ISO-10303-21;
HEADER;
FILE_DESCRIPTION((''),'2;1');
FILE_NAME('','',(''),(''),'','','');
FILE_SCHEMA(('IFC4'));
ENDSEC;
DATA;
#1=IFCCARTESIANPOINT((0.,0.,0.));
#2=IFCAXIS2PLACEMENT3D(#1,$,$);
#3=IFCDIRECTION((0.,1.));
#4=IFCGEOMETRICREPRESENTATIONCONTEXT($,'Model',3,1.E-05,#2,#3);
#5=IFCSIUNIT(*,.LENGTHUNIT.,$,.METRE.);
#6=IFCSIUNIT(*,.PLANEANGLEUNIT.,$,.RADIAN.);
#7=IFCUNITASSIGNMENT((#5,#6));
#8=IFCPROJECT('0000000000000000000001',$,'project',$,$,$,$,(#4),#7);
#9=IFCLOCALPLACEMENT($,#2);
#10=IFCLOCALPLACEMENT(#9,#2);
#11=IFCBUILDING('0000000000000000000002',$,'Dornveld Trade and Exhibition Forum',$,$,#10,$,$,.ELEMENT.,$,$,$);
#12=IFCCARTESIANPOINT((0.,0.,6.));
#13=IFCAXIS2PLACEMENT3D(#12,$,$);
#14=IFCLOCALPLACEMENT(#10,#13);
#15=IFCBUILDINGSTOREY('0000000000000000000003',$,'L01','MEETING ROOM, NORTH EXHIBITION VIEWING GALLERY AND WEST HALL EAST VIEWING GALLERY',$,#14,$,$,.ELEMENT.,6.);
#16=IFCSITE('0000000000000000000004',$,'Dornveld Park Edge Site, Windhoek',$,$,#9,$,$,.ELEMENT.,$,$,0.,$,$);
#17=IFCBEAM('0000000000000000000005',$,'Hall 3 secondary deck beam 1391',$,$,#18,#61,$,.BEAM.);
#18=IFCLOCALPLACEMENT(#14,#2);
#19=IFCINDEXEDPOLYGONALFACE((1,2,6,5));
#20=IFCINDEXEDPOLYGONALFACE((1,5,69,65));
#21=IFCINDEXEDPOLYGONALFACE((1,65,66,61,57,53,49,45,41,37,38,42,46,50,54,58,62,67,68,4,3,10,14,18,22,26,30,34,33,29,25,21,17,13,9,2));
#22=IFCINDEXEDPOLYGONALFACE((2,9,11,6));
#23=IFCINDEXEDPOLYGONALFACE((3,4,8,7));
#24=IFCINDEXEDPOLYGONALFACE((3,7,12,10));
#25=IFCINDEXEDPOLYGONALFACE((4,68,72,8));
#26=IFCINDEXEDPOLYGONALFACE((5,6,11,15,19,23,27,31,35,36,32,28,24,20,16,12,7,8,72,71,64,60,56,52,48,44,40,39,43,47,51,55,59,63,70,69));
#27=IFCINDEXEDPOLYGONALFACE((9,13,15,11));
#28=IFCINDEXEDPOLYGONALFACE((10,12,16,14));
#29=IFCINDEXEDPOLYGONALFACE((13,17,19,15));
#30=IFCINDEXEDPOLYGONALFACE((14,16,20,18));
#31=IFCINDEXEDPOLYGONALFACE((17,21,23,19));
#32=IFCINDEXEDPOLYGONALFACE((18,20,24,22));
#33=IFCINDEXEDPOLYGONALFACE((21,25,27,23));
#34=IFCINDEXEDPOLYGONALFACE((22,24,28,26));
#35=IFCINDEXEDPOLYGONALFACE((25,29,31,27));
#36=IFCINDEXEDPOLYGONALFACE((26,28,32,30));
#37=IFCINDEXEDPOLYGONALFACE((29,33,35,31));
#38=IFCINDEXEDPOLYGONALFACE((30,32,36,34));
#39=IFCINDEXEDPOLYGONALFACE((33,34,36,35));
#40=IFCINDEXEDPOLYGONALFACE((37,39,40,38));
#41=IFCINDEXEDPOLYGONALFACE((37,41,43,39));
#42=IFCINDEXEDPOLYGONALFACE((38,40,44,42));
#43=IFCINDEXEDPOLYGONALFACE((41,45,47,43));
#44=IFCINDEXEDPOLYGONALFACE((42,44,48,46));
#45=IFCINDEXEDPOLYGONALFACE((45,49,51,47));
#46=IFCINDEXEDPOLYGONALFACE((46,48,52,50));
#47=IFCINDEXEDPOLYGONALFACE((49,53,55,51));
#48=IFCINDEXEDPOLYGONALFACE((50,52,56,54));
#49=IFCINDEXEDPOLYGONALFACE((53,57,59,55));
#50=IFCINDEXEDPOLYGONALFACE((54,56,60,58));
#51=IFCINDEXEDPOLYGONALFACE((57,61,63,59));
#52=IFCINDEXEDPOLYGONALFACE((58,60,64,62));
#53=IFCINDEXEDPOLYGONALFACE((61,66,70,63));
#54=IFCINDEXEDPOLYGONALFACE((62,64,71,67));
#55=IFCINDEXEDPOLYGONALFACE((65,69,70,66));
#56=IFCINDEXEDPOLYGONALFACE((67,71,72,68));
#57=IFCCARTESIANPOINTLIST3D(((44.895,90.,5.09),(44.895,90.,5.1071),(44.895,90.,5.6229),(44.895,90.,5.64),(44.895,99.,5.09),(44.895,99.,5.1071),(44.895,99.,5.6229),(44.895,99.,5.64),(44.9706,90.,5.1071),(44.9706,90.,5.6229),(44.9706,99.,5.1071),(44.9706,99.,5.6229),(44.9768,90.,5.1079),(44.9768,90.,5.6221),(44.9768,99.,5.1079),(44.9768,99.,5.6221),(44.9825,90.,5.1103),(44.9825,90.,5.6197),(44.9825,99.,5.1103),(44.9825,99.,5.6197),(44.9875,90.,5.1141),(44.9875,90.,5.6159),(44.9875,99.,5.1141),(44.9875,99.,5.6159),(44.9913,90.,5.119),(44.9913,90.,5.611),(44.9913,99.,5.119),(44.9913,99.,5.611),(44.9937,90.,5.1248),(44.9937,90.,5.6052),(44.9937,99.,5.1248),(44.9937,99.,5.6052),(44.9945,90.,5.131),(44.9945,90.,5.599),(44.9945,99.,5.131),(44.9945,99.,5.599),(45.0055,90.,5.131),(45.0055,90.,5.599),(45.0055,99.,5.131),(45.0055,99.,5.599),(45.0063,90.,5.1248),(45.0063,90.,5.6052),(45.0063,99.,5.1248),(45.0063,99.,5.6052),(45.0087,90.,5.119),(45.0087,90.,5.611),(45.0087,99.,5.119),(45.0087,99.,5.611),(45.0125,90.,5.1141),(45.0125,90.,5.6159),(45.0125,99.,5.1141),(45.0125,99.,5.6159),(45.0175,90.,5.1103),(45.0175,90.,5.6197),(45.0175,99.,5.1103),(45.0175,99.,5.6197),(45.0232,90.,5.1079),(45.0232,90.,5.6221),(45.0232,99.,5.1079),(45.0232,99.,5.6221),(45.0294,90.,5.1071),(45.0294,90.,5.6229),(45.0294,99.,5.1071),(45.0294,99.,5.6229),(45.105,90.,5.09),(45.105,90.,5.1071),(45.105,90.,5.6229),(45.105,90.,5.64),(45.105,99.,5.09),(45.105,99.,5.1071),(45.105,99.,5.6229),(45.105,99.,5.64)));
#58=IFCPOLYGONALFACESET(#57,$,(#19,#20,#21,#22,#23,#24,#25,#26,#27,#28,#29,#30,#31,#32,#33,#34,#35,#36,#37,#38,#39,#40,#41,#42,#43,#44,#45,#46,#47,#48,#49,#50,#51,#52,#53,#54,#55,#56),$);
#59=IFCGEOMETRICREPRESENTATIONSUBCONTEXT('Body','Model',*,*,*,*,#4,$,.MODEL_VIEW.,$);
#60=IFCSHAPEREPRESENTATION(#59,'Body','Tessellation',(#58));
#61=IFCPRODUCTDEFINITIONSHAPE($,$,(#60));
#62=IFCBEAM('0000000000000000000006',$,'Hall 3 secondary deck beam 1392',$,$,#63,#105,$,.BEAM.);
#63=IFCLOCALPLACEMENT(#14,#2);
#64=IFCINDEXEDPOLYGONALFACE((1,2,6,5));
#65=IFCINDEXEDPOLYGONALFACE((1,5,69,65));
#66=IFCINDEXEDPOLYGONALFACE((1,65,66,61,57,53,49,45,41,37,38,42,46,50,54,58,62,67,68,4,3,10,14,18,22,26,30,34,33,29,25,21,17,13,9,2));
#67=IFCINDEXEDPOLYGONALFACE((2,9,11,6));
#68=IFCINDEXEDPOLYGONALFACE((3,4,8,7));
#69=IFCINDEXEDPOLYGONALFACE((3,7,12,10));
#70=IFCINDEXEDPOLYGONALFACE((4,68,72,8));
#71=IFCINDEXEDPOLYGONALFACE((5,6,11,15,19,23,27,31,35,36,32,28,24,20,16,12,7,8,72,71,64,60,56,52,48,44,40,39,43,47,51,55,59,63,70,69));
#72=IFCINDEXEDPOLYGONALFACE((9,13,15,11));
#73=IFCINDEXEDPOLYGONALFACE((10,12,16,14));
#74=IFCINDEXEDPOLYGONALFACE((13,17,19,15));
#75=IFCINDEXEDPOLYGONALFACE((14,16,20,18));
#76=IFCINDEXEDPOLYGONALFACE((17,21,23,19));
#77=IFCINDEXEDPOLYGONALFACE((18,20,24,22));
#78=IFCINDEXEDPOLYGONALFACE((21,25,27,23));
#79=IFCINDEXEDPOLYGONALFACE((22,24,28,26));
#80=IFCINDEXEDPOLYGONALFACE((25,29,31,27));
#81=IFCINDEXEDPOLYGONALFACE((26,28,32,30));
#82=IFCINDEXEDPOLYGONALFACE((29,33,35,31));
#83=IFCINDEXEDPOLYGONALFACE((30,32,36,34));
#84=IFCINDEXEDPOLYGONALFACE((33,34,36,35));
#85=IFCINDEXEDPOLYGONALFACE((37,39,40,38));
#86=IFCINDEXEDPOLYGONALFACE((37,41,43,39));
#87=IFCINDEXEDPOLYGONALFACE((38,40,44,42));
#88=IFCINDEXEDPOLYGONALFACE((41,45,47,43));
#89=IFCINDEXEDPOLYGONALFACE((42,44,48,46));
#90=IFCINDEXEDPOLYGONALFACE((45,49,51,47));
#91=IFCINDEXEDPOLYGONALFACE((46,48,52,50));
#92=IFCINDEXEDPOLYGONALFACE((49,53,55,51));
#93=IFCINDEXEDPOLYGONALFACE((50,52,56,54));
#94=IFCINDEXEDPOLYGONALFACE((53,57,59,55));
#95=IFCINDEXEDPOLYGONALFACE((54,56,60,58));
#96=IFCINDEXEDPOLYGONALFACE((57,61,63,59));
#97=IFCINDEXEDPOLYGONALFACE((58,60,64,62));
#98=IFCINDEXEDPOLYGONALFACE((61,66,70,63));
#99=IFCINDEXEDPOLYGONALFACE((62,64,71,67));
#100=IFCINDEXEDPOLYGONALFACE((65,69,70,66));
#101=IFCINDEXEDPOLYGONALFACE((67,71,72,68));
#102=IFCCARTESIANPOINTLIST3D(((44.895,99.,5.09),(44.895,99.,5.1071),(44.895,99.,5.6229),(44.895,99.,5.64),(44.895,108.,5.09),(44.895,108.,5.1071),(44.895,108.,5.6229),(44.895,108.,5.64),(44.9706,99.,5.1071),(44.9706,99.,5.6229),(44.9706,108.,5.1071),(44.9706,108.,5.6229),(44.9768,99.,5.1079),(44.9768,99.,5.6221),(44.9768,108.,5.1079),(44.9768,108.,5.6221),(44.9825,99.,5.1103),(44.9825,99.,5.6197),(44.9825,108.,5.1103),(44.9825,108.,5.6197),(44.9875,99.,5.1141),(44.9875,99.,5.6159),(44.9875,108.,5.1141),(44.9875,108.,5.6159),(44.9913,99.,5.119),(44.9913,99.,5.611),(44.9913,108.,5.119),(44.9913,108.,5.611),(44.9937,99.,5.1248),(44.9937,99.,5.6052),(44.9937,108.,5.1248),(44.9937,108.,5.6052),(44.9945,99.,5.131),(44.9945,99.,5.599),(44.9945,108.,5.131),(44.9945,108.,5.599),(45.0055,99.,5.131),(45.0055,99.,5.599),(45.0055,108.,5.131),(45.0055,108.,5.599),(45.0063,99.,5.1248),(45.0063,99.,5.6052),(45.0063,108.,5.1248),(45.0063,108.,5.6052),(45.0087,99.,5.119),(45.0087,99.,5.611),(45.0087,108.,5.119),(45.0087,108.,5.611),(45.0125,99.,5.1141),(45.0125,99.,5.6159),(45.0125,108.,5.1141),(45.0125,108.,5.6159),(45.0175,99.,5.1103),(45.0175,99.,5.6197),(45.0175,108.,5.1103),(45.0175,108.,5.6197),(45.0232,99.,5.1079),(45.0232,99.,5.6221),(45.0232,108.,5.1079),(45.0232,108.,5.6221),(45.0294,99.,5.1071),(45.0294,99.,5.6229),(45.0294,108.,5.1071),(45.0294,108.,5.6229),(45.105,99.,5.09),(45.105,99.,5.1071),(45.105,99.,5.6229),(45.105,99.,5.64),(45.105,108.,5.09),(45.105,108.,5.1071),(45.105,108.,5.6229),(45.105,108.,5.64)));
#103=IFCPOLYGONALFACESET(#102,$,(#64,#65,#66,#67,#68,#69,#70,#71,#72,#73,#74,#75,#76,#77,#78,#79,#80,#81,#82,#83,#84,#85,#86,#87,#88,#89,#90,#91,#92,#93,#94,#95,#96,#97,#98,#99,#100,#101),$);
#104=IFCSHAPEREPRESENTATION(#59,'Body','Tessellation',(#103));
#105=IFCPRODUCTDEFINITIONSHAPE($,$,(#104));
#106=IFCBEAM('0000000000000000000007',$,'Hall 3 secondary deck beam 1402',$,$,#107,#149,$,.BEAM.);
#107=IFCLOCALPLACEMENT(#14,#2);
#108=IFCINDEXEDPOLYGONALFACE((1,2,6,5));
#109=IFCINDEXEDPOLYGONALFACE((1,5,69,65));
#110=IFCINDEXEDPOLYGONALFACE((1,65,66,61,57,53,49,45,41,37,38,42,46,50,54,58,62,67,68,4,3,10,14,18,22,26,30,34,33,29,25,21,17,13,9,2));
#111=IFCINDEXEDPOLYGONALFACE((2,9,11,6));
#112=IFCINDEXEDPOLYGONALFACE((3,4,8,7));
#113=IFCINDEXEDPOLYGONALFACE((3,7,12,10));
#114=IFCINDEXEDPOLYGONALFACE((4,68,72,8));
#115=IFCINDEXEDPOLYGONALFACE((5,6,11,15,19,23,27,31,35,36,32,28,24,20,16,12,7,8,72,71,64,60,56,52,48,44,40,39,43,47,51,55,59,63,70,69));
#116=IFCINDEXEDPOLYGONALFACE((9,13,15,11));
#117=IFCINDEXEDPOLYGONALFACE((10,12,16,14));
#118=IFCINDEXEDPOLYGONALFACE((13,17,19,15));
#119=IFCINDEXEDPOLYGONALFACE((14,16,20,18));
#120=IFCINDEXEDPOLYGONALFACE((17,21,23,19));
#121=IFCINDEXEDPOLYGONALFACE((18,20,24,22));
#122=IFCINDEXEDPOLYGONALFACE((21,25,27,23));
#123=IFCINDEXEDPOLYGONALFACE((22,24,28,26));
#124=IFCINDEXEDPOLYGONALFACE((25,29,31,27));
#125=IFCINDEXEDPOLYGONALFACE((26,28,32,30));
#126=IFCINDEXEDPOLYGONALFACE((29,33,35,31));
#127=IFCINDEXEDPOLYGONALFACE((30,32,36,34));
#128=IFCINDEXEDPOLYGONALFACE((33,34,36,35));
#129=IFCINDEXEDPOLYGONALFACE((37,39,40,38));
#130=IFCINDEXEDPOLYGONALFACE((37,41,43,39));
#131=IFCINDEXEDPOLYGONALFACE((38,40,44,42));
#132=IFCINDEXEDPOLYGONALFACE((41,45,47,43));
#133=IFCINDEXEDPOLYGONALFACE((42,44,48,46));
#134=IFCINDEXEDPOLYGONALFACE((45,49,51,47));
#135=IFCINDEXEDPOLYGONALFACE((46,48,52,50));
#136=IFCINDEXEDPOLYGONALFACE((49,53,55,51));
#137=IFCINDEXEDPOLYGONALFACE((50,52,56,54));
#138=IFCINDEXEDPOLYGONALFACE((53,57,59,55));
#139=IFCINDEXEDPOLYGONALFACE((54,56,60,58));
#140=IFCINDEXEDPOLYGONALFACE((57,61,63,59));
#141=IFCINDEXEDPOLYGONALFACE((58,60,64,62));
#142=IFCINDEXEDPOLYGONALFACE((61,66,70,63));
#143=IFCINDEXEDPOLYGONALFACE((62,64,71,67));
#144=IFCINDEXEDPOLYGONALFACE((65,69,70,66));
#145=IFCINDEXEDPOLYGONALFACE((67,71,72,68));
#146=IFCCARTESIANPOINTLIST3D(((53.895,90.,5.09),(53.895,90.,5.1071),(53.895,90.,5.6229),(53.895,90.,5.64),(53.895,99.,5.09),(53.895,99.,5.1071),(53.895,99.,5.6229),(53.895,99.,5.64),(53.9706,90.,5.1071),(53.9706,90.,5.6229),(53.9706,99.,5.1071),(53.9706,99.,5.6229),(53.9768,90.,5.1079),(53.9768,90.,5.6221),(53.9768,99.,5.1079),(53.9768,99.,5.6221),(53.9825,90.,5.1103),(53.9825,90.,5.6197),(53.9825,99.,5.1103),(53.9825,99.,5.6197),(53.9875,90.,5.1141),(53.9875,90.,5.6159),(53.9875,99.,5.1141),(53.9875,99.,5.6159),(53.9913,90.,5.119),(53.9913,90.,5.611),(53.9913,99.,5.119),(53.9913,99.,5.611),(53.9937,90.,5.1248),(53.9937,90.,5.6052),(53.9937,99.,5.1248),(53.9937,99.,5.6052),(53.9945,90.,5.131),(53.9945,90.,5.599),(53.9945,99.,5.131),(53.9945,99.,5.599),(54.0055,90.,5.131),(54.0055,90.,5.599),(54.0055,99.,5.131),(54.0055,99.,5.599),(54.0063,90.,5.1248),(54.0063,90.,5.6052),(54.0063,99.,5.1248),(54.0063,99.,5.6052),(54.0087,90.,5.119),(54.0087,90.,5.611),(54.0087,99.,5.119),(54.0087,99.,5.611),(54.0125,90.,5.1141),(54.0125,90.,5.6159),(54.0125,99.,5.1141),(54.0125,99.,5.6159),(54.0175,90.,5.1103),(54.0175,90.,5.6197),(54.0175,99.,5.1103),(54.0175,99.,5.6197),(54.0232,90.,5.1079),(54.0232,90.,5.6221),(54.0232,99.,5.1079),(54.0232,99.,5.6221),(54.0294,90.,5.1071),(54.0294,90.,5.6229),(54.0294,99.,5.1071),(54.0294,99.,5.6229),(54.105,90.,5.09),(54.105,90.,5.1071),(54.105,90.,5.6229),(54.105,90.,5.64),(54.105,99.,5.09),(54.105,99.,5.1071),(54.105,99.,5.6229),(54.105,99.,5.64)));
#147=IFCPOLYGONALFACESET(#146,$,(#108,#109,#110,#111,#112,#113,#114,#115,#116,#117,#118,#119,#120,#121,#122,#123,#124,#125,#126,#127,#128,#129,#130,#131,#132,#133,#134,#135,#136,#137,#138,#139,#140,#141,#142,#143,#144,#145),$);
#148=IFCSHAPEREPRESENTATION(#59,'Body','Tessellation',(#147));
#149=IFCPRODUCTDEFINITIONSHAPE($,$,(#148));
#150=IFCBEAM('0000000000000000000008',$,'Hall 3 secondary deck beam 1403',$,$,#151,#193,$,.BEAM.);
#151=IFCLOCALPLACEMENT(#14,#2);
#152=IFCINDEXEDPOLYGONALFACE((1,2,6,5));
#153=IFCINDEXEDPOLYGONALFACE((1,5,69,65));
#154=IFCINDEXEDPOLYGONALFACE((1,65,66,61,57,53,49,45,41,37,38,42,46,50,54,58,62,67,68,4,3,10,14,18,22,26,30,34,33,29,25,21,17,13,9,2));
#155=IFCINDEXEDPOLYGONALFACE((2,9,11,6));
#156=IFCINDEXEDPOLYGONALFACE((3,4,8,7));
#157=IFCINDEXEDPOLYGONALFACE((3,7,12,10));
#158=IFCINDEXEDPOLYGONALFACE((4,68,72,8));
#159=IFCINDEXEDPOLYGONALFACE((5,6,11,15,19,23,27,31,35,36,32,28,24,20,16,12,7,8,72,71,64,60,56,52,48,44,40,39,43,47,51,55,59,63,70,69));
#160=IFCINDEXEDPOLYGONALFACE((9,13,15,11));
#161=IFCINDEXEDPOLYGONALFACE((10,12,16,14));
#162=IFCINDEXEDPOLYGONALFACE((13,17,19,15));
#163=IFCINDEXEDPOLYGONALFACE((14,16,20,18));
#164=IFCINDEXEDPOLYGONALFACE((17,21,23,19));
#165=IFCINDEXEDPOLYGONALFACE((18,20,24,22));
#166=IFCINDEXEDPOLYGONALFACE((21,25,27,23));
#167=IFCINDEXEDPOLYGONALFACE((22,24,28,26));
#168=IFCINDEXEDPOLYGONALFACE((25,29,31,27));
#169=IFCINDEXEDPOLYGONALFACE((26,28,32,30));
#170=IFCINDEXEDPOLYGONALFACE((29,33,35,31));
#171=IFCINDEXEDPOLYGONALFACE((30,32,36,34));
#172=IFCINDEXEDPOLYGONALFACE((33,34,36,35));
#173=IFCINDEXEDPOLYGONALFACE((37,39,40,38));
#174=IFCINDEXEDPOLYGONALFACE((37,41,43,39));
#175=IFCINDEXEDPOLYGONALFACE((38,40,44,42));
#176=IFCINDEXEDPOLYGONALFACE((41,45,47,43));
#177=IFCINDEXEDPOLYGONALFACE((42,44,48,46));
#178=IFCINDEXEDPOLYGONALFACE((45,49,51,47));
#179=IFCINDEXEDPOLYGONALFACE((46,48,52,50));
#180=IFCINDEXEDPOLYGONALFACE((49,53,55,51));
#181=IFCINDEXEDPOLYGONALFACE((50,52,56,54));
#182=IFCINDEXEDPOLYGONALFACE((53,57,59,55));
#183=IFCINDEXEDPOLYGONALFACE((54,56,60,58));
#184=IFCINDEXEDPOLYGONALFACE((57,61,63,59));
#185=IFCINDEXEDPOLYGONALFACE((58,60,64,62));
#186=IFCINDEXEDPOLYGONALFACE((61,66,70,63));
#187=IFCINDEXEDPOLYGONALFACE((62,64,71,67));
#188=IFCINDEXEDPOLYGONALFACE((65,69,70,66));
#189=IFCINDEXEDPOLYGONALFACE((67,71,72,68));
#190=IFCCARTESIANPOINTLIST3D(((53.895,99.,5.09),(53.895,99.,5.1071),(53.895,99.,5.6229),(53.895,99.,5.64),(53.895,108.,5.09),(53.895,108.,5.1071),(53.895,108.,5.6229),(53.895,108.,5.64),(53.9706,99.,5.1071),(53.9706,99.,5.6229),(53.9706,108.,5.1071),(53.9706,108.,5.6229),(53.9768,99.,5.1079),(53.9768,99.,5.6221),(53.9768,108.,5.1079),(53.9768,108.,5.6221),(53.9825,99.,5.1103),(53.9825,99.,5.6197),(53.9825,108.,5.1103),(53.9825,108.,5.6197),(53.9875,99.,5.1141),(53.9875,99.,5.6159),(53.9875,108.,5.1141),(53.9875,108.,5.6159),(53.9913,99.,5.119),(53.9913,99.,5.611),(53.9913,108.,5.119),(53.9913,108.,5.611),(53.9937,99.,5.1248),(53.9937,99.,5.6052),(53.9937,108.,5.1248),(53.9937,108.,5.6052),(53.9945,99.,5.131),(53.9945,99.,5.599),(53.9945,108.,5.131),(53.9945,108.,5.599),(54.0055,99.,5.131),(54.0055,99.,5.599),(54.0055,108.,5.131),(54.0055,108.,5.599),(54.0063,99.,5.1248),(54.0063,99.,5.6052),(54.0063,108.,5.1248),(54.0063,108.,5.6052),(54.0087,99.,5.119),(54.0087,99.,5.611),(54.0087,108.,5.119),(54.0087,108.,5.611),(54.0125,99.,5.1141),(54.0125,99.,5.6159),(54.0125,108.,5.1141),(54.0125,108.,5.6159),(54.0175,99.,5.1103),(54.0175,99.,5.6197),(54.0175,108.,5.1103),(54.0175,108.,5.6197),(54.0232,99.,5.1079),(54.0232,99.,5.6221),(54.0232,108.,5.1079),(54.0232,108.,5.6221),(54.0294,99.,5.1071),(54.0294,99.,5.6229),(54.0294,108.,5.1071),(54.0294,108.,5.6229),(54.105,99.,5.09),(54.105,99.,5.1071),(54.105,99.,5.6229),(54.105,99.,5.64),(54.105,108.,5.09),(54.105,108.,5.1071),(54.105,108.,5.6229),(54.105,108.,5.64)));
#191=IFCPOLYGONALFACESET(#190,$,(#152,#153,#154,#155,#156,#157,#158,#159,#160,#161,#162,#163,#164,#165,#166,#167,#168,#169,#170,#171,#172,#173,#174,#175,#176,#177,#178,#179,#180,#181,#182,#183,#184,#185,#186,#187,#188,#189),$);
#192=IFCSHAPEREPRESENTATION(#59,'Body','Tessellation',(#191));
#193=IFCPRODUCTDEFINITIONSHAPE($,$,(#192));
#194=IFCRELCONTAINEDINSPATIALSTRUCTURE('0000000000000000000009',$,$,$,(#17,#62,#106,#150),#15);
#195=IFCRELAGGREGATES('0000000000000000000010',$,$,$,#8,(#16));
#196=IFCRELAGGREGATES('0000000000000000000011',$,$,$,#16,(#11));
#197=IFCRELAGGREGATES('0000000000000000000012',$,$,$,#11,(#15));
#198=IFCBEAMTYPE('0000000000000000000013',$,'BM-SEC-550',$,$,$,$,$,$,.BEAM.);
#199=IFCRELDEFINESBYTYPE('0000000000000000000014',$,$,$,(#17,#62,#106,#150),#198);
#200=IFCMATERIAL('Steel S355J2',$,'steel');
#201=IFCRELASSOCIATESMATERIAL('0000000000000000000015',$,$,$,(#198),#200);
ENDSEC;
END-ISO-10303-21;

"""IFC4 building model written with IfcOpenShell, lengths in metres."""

from ifc_helpers import new_model, si_unit, direction, frame, origin, origin_2d, place, context, subcontext, project, spatial, i_section, extrude, material, material_profile, profile_set, type_object, element, save


model = new_model("IFC4")

# Units and contexts
model_context = context("Model", 3, precision=1e-05, world=origin(), true_north=direction((0.0, 1.0)))
body_context = subcontext(model_context, "Body", "Model", "MODEL_VIEW")
ifc_project = project(units=[si_unit("LENGTHUNIT", "METRE"), si_unit("PLANEANGLEUNIT", "RADIAN")], contexts=[model_context])

# Site, building, storey
site_placement = place(None, origin())
site = spatial("IfcSite", under=ifc_project, at=site_placement, Name="Dornveld Park Edge Site, Windhoek", CompositionType="ELEMENT", RefElevation=0.0)
building_placement = place(site_placement, origin())
building = spatial("IfcBuilding", under=site, at=building_placement, Name="Dornveld Trade and Exhibition Forum", CompositionType="ELEMENT")
storey_placement = place(building_placement, frame((0.0, 0.0, 6.0)))
storey = spatial("IfcBuildingStorey", under=building, at=storey_placement, Name="L01", Description="MEETING ROOM, NORTH EXHIBITION VIEWING GALLERY AND WEST HALL EAST VIEWING GALLERY", CompositionType="ELEMENT", Elevation=6.0)

# Beams
ifc_material_1 = material(Name="Steel S355J2", Category="steel")
ifc_material_profile_1 = material_profile(ifc_material_1, i_section(OverallWidth=0.21, OverallDepth=0.55, WebThickness=0.011, FlangeThickness=0.0171, FilletRadius=0.0239, at=origin_2d()), Name="IPE 550")
ifc_profile_set_1 = profile_set([ifc_material_profile_1], Name="Steel S355J2")
beam_type_1 = type_object("IfcBeamType", Name="BM-SEC-550", PredefinedType="BEAM", material=ifc_profile_set_1)
for number, where, z_axis, x_axis, name in (
    (1, (45.0, 90.0, 5.365), (0.0, 1.0, 0.0), (-1.0, 0.0, 0.0), "Hall 3 secondary deck beam 1391"),
    (2, (45.0, 99.0, 5.365), (0.0, 1.0, 0.0), (-1.0, 0.0, 0.0), "Hall 3 secondary deck beam 1392"),
    (3, (54.0, 90.0, 5.365), (0.0, 1.0, 0.0), (-1.0, 0.0, 0.0), "Hall 3 secondary deck beam 1402"),
    (4, (54.0, 99.0, 5.365), (0.0, 1.0, 0.0), (-1.0, 0.0, 0.0), "Hall 3 secondary deck beam 1403"),
):
    element("IfcBeam", number, at=place(storey_placement, frame(where, z_axis=z_axis, x_axis=x_axis)), inside=storey, type_object=beam_type_1, Name=name, PredefinedType="BEAM", context=body_context, shape_type="SweptSolid", body=[
        extrude(i_section(OverallWidth=0.21, OverallDepth=0.55, WebThickness=0.011, FlangeThickness=0.0171, FilletRadius=0.0239, at=origin_2d()), origin(), (0.0, 0.0, 1.0), 9.0),
    ])

save(model, "model.ifc")
